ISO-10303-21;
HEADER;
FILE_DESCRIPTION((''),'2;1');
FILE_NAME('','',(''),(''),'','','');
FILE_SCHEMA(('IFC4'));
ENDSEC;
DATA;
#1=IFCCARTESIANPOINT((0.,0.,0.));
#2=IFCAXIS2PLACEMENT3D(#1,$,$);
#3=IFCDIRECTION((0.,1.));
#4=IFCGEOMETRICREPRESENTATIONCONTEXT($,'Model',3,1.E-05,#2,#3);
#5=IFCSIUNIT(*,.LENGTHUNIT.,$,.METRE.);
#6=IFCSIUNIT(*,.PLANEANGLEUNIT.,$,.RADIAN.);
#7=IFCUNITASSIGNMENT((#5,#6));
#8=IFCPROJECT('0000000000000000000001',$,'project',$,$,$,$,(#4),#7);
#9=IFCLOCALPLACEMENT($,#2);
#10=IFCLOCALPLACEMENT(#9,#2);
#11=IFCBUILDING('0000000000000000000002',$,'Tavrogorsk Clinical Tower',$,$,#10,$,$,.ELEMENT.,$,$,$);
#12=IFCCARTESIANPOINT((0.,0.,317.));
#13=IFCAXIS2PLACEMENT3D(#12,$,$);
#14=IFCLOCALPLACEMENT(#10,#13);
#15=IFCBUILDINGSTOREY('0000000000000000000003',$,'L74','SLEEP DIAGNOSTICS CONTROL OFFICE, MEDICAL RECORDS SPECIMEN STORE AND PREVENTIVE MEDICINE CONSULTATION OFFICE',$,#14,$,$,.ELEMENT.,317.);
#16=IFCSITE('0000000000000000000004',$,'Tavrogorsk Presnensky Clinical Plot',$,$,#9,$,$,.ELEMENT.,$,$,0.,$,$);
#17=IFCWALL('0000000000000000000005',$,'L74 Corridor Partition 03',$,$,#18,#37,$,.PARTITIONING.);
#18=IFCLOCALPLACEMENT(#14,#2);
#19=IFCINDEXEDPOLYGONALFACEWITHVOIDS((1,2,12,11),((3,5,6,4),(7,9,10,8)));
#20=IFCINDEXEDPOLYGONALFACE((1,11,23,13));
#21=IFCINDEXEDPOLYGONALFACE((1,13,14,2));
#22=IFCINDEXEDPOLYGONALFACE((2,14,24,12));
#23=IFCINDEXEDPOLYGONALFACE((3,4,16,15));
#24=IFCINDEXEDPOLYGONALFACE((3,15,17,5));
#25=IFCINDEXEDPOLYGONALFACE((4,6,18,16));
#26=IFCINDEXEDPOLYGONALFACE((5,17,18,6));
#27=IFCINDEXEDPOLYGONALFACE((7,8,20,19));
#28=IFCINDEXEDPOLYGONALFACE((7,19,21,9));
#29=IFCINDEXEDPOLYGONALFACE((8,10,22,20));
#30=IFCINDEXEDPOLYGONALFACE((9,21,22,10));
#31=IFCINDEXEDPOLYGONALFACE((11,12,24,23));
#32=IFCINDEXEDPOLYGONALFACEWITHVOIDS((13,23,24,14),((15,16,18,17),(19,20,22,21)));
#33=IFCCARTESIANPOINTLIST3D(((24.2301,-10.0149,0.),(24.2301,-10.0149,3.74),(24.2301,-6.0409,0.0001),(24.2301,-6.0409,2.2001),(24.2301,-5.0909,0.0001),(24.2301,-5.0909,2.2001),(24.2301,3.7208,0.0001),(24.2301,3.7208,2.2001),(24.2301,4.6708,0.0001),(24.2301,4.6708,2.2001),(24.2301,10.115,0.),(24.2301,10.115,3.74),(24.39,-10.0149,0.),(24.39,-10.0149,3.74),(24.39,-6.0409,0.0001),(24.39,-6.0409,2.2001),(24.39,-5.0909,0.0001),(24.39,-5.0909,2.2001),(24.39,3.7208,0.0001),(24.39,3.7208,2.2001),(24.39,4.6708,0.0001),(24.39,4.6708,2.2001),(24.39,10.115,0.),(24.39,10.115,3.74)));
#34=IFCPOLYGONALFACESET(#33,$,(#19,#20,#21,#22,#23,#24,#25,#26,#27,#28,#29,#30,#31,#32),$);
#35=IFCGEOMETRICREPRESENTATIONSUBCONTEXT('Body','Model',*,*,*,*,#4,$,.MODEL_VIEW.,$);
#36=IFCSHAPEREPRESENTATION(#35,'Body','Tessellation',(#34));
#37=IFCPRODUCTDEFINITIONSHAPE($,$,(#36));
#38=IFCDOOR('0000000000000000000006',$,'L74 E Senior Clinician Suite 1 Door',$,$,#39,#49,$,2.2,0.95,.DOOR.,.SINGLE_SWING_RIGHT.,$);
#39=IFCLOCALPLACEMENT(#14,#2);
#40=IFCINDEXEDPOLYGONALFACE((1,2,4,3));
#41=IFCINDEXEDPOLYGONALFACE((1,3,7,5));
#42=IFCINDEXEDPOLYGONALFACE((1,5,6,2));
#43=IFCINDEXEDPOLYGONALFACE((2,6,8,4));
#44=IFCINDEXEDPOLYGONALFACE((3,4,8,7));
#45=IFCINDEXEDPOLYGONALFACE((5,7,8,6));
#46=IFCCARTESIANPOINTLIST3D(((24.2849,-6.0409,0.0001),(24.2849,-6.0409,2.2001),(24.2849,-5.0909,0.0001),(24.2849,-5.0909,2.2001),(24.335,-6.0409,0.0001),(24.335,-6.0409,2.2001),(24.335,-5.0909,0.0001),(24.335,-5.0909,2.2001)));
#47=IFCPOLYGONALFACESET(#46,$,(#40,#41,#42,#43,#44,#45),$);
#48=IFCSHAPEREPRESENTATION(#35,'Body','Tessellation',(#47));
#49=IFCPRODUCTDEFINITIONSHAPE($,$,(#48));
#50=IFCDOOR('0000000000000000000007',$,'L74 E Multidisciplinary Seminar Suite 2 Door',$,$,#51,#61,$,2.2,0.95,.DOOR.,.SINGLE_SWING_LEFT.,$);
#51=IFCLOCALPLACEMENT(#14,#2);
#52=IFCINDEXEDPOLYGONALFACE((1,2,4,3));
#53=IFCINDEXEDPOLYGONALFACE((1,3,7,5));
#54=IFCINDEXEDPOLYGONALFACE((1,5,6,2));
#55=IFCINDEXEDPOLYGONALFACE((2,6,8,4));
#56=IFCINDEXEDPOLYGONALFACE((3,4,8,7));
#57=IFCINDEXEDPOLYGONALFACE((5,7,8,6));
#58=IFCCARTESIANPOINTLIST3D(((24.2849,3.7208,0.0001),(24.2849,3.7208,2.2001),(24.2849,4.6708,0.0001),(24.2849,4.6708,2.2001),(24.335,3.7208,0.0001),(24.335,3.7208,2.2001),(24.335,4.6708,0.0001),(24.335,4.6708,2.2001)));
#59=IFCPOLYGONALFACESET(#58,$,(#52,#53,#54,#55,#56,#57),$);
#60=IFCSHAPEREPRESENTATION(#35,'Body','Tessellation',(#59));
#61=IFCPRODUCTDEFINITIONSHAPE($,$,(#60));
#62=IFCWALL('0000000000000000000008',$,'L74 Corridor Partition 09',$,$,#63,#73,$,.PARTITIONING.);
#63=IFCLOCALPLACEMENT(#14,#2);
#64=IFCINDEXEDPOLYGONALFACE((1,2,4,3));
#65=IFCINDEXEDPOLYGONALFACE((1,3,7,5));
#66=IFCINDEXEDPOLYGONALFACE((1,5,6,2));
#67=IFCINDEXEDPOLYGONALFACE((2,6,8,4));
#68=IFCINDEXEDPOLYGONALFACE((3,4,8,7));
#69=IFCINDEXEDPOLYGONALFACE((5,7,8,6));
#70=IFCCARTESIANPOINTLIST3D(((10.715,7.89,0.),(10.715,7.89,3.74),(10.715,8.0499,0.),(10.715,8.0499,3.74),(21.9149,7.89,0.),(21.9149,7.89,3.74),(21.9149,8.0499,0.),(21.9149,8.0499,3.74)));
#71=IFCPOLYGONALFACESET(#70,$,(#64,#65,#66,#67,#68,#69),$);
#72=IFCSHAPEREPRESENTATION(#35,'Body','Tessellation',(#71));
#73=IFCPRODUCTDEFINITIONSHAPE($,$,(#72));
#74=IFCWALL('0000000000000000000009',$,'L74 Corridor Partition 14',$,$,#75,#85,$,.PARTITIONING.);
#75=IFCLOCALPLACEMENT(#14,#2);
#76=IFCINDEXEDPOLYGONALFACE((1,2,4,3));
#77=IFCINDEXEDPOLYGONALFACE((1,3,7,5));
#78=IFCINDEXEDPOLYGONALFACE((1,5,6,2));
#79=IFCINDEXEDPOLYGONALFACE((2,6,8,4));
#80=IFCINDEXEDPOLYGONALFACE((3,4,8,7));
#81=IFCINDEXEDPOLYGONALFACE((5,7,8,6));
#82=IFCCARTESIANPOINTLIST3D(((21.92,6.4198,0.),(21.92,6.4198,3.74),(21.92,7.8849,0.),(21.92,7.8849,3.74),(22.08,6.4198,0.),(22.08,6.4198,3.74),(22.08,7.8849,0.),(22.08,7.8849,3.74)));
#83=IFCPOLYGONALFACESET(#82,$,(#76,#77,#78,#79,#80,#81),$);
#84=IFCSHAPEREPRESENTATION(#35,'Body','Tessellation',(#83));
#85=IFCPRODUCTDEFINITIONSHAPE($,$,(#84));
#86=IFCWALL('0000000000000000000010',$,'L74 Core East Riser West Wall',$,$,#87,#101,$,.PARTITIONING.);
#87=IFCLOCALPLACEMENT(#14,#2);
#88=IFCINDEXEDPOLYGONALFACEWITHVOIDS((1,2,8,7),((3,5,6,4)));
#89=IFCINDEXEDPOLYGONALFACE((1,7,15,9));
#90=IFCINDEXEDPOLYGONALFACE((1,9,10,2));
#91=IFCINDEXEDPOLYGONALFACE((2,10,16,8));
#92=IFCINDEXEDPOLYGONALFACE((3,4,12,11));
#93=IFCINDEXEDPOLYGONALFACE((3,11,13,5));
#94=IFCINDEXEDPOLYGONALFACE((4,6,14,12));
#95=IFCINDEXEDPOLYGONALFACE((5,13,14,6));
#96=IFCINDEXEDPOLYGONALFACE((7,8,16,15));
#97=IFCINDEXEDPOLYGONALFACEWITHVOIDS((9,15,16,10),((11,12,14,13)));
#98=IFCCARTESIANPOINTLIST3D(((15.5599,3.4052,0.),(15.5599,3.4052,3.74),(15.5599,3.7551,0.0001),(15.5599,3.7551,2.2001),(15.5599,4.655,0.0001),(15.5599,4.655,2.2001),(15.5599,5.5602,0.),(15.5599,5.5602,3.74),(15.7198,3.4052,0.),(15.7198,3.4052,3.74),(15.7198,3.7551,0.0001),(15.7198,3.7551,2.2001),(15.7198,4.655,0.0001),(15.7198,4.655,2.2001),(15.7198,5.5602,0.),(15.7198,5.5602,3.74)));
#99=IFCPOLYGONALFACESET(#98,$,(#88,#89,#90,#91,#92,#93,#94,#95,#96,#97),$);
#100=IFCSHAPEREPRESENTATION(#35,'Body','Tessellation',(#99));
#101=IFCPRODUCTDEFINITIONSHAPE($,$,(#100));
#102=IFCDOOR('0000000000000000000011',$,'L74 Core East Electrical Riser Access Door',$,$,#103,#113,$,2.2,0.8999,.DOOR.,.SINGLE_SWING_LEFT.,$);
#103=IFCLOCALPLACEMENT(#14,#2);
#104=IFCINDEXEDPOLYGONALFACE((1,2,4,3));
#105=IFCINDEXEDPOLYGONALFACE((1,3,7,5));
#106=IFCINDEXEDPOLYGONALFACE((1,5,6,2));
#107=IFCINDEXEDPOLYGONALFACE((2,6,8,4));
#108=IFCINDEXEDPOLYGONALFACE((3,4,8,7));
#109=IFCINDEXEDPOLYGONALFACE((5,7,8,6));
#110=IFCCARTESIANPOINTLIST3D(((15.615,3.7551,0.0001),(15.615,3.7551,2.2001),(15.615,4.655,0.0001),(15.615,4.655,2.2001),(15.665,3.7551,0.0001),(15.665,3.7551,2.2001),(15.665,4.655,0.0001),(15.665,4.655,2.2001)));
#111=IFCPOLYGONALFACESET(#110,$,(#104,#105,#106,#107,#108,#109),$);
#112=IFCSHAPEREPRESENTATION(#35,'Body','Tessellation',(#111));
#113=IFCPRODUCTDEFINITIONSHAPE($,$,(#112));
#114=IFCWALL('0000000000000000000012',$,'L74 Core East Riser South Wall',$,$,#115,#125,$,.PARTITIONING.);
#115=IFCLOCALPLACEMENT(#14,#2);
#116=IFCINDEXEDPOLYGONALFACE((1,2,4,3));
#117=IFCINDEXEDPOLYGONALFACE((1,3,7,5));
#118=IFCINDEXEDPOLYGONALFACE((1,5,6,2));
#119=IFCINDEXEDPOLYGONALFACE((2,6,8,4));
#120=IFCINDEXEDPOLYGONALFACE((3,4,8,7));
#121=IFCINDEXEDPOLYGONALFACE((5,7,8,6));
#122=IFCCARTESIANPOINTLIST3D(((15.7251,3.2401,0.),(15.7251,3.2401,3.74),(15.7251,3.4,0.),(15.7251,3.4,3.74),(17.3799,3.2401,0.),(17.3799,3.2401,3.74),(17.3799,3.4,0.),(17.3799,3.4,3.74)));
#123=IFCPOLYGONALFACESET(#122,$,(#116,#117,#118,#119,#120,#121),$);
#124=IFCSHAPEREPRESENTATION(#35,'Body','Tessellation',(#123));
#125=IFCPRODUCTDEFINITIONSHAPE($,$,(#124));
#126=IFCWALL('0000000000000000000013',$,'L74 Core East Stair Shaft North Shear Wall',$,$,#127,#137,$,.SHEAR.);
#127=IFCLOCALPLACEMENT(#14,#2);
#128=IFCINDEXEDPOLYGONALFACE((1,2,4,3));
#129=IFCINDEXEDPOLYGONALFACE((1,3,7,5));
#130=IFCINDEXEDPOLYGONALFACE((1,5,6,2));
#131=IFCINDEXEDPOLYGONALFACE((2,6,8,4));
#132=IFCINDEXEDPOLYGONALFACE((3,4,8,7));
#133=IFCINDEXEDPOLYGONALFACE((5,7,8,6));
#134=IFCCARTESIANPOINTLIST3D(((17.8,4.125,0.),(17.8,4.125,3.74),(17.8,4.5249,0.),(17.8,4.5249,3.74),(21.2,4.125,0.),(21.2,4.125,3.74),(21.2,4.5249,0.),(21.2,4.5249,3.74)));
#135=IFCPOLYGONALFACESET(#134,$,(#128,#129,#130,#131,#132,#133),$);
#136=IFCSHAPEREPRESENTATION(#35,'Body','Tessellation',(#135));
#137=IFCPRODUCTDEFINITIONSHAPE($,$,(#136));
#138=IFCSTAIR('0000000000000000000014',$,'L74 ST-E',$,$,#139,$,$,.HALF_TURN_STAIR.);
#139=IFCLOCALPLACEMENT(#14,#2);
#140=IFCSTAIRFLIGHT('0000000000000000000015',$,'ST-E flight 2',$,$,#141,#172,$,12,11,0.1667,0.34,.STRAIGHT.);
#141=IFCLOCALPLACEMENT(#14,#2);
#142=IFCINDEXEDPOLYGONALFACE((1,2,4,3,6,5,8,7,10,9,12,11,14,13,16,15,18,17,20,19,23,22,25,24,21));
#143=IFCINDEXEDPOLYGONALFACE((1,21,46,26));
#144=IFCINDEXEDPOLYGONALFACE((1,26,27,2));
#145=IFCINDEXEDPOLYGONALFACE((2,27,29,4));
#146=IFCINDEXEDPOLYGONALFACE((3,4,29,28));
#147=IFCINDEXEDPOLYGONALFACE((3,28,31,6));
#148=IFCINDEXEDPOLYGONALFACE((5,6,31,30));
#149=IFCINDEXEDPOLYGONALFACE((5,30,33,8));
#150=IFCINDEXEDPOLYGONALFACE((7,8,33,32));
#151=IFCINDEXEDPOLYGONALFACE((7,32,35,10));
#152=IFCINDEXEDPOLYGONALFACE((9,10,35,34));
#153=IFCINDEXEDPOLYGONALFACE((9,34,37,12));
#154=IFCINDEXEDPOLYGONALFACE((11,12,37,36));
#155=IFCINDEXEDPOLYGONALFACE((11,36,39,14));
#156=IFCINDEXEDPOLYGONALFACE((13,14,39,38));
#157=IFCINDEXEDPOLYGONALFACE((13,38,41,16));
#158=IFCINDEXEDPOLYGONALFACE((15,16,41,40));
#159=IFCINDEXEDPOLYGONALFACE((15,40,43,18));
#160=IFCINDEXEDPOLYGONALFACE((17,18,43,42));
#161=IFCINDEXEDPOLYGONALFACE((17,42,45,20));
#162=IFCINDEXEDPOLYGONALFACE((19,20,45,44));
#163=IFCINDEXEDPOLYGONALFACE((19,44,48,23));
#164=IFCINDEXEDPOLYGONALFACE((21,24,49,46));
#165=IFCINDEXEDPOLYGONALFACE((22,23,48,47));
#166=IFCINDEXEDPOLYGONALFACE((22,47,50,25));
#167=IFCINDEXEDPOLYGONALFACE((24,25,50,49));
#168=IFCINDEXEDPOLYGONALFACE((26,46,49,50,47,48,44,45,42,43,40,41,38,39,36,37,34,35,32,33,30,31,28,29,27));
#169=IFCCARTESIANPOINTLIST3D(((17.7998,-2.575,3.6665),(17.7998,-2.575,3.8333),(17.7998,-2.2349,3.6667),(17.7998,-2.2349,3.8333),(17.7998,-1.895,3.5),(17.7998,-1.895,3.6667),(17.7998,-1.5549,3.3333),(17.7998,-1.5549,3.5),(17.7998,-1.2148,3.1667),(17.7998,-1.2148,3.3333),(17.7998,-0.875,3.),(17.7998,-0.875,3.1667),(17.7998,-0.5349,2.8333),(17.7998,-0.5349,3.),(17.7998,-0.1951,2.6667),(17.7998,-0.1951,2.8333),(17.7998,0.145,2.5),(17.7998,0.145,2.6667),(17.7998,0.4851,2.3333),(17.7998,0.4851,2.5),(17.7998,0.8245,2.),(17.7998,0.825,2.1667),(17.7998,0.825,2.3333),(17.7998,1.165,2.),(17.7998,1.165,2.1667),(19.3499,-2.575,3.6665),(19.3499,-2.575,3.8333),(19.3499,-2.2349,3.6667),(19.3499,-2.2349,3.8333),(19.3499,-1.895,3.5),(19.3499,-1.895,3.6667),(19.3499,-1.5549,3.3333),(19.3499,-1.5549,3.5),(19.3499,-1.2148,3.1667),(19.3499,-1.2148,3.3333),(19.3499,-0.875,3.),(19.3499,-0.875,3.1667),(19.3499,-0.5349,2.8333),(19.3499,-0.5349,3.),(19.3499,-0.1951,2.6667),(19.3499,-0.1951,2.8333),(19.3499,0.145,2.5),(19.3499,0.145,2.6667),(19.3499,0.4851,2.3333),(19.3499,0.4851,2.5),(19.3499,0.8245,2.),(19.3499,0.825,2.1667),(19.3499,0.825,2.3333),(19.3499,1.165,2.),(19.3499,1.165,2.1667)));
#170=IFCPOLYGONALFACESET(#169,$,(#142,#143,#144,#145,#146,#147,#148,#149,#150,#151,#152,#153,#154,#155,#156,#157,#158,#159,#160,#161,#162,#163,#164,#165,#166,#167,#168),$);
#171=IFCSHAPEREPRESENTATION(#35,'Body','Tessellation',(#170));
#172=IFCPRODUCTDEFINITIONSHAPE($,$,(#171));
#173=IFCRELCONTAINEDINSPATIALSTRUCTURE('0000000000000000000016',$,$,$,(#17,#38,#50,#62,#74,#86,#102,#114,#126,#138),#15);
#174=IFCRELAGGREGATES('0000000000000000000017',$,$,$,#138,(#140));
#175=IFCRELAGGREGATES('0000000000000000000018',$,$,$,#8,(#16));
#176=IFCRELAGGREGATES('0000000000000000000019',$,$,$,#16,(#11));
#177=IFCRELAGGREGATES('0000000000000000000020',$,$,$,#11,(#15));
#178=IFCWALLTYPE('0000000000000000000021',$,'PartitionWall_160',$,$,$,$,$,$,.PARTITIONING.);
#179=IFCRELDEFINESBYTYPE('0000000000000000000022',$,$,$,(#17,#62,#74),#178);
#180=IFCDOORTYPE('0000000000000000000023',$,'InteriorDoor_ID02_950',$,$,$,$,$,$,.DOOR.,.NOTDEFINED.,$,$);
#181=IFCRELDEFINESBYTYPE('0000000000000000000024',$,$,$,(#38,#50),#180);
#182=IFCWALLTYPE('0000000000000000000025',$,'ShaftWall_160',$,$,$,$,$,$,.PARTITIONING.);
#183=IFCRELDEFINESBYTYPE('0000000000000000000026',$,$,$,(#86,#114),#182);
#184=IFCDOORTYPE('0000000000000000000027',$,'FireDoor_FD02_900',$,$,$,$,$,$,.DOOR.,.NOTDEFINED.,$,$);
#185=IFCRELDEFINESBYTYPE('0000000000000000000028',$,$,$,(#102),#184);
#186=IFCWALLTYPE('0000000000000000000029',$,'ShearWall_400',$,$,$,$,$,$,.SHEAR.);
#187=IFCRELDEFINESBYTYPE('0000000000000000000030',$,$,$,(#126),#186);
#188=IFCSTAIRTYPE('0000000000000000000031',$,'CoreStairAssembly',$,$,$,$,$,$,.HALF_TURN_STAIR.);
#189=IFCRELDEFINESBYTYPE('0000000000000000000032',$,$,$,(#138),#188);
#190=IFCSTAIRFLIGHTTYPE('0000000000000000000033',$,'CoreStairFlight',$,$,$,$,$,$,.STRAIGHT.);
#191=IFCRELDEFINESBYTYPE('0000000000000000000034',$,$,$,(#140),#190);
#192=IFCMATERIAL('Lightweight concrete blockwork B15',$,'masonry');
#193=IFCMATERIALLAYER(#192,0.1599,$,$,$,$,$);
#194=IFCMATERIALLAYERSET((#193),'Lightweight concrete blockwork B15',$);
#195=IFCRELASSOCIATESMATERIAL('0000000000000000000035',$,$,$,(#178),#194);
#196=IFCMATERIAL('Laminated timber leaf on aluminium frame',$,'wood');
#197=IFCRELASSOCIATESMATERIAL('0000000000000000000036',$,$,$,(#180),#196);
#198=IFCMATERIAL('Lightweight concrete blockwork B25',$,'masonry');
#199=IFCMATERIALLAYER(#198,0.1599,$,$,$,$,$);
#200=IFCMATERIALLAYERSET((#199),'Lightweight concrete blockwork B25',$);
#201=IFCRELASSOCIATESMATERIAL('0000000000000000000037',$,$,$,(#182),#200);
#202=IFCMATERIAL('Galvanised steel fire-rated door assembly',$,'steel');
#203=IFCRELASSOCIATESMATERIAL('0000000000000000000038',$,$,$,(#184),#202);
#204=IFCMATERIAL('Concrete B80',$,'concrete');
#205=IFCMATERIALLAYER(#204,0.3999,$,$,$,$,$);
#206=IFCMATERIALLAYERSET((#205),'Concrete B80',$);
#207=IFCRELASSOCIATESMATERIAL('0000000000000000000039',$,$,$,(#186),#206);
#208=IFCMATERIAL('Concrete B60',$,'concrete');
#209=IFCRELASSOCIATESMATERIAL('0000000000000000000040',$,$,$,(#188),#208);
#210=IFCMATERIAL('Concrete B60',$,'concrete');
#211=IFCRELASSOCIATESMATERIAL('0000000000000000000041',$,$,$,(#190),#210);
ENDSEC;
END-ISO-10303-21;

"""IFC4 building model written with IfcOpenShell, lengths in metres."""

from ifc_helpers import new_model, si_unit, direction, frame, frame_2d, origin, place, context, subcontext, project, spatial, polyline, rectangle, outline, extrude, material, layer, layer_set, type_object, element, fill, aggregate, save


model = new_model("IFC4")

# Units and contexts
model_context = context("Model", 3, precision=1e-05, world=origin(), true_north=direction((0.0, 1.0)))
body_context = subcontext(model_context, "Body", "Model", "MODEL_VIEW")
ifc_project = project(units=[si_unit("LENGTHUNIT", "METRE"), si_unit("PLANEANGLEUNIT", "RADIAN")], contexts=[model_context])

# Site, building, storey
site_placement = place(None, origin())
site = spatial("IfcSite", under=ifc_project, at=site_placement, Name="Tavrogorsk Presnensky Clinical Plot", CompositionType="ELEMENT", RefElevation=0.0)
building_placement = place(site_placement, origin())
building = spatial("IfcBuilding", under=site, at=building_placement, Name="Tavrogorsk Clinical Tower", CompositionType="ELEMENT")
storey_placement = place(building_placement, frame((0.0, 0.0, 317.0)))
storey = spatial("IfcBuildingStorey", under=building, at=storey_placement, Name="L74", Description="SLEEP DIAGNOSTICS CONTROL OFFICE, MEDICAL RECORDS SPECIMEN STORE AND PREVENTIVE MEDICINE CONSULTATION OFFICE", CompositionType="ELEMENT", Elevation=317.0)

# Wall, openings, doors
ifc_material_1 = material(Name="Lightweight concrete blockwork B15", Category="masonry")
ifc_layer_1 = layer(ifc_material_1, 0.1599)
ifc_layer_set_1 = layer_set([ifc_layer_1], Name="Lightweight concrete blockwork B15")
wall_type_1 = type_object("IfcWallType", Name="PartitionWall_160", PredefinedType="PARTITIONING", material=ifc_layer_set_1)
wall_1_placement = place(storey_placement, frame((24.3101, 10.115, 0.0), z_axis=(0.0, 0.0, 1.0), x_axis=(0.0, -1.0, 0.0)))
wall_1 = element("IfcWall", 1, at=wall_1_placement, inside=storey, type_object=wall_type_1, Name="L74 Corridor Partition 03", PredefinedType="PARTITIONING", context=body_context, shape_type="SweptSolid", body=[
    extrude(rectangle(XDim=20.1299, YDim=0.1599, at=frame_2d((10.0649, 0.0))), origin(), (0.0, 0.0, 1.0), 3.74),
])
opening_1_placement = place(wall_1_placement, frame((15.2058, 0.0, 0.0)))
opening_1 = element("IfcOpeningElement", 2, at=opening_1_placement, cuts=wall_1, PredefinedType="OPENING", context=body_context, shape_type="SweptSolid", body=[
    extrude(rectangle(XDim=0.95, YDim=2.2, at=frame_2d((0.4751, 1.1001))), frame((0.0, 0.0898, 0.0), z_axis=(0.0, -1.0, 0.0), x_axis=(1.0, 0.0, 0.0)), (0.0, 0.0, 1.0), 0.1799),
])
opening_2_placement = place(wall_1_placement, frame((5.4441, 0.0, 0.0)))
opening_2 = element("IfcOpeningElement", 3, at=opening_2_placement, cuts=wall_1, PredefinedType="OPENING", context=body_context, shape_type="SweptSolid", body=[
    extrude(rectangle(XDim=0.95, YDim=2.2, at=frame_2d((0.4751, 1.1001))), frame((0.0, 0.0898, 0.0), z_axis=(0.0, -1.0, 0.0), x_axis=(1.0, 0.0, 0.0)), (0.0, 0.0, 1.0), 0.1799),
])
ifc_material_2 = material(Name="Laminated timber leaf on aluminium frame", Category="wood")
door_type_1 = type_object("IfcDoorType", Name="InteriorDoor_ID02_950", OperationType="NOTDEFINED", PredefinedType="DOOR", material=ifc_material_2)
door_1_placement = place(opening_1_placement, origin())
door_1 = element("IfcDoor", 4, at=door_1_placement, inside=storey, type_object=door_type_1, Name="L74 E Senior Clinician Suite 1 Door", OperationType="SINGLE_SWING_RIGHT", OverallHeight=2.2, OverallWidth=0.95, PredefinedType="DOOR", context=body_context, shape_type="SweptSolid", body=[
    extrude(rectangle(XDim=0.95, YDim=2.2, at=frame_2d((0.4751, 1.1001))), frame((0.0, 0.0249, 0.0), z_axis=(0.0, -1.0, 0.0), x_axis=(1.0, 0.0, 0.0)), (0.0, 0.0, 1.0), 0.05),
])
fill(opening_1, door_1)
door_2_placement = place(opening_2_placement, origin())
door_2 = element("IfcDoor", 5, at=door_2_placement, inside=storey, type_object=door_type_1, Name="L74 E Multidisciplinary Seminar Suite 2 Door", OperationType="SINGLE_SWING_LEFT", OverallHeight=2.2, OverallWidth=0.95, PredefinedType="DOOR", context=body_context, shape_type="SweptSolid", body=[
    extrude(rectangle(XDim=0.95, YDim=2.2, at=frame_2d((0.4751, 1.1001))), frame((0.0, 0.0249, 0.0), z_axis=(0.0, -1.0, 0.0), x_axis=(1.0, 0.0, 0.0)), (0.0, 0.0, 1.0), 0.05),
])
fill(opening_2, door_2)

# Walls
wall_2_placement = place(storey_placement, frame((21.915, 7.97, 0.0), z_axis=(0.0, 0.0, 1.0), x_axis=(-1.0, 0.0, 0.0)))
element("IfcWall", 6, at=wall_2_placement, inside=storey, type_object=wall_type_1, Name="L74 Corridor Partition 09", PredefinedType="PARTITIONING", context=body_context, shape_type="SweptSolid", body=[
    extrude(rectangle(XDim=11.2, YDim=0.1599, at=frame_2d((5.6001, 0.0))), origin(), (0.0, 0.0, 1.0), 3.74),
])
wall_3_placement = place(storey_placement, frame((22.0, 6.4199, 0.0), z_axis=(0.0, 0.0, 1.0), x_axis=(0.0, 1.0, 0.0)))
element("IfcWall", 7, at=wall_3_placement, inside=storey, type_object=wall_type_1, Name="L74 Corridor Partition 14", PredefinedType="PARTITIONING", context=body_context, shape_type="SweptSolid", body=[
    extrude(rectangle(XDim=1.4651, YDim=0.1599, at=frame_2d((0.7324, 0.0))), origin(), (0.0, 0.0, 1.0), 3.74),
])

# Wall, opening, door
ifc_material_3 = material(Name="Lightweight concrete blockwork B25", Category="masonry")
ifc_layer_2 = layer(ifc_material_3, 0.1599)
ifc_layer_set_2 = layer_set([ifc_layer_2], Name="Lightweight concrete blockwork B25")
wall_type_2 = type_object("IfcWallType", Name="ShaftWall_160", PredefinedType="PARTITIONING", material=ifc_layer_set_2)
wall_4_placement = place(storey_placement, frame((15.6399, 3.405, 0.0), z_axis=(0.0, 0.0, 1.0), x_axis=(0.0, 1.0, 0.0)))
wall_4 = element("IfcWall", 8, at=wall_4_placement, inside=storey, type_object=wall_type_2, Name="L74 Core East Riser West Wall", PredefinedType="PARTITIONING", context=body_context, shape_type="SweptSolid", body=[
    extrude(rectangle(XDim=2.155, YDim=0.1599, at=frame_2d((1.0776, 0.0))), origin(), (0.0, 0.0, 1.0), 3.74),
])
opening_3_placement = place(wall_4_placement, frame((0.3501, 0.0, 0.0)))
opening_3 = element("IfcOpeningElement", 9, at=opening_3_placement, cuts=wall_4, PredefinedType="OPENING", context=body_context, shape_type="SweptSolid", body=[
    extrude(rectangle(XDim=0.8999, YDim=2.2, at=frame_2d((0.45, 1.1001))), frame((0.0, 0.0898, 0.0), z_axis=(0.0, -1.0, 0.0), x_axis=(1.0, 0.0, 0.0)), (0.0, 0.0, 1.0), 0.1799),
])
ifc_material_4 = material(Name="Galvanised steel fire-rated door assembly", Category="steel")
door_type_2 = type_object("IfcDoorType", Name="FireDoor_FD02_900", OperationType="NOTDEFINED", PredefinedType="DOOR", material=ifc_material_4)
door_3_placement = place(opening_3_placement, origin())
door_3 = element("IfcDoor", 10, at=door_3_placement, inside=storey, type_object=door_type_2, Name="L74 Core East Electrical Riser Access Door", OperationType="SINGLE_SWING_LEFT", OverallHeight=2.2, OverallWidth=0.8999, PredefinedType="DOOR", context=body_context, shape_type="SweptSolid", body=[
    extrude(rectangle(XDim=0.8999, YDim=2.2, at=frame_2d((0.45, 1.1001))), frame((0.0, 0.0249, 0.0), z_axis=(0.0, -1.0, 0.0), x_axis=(1.0, 0.0, 0.0)), (0.0, 0.0, 1.0), 0.05),
])
fill(opening_3, door_3)

# Walls
wall_5_placement = place(storey_placement, frame((15.7251, 3.3201, 0.0), z_axis=(0.0, 0.0, 1.0), x_axis=(1.0, 0.0, 0.0)))
element("IfcWall", 11, at=wall_5_placement, inside=storey, type_object=wall_type_2, Name="L74 Core East Riser South Wall", PredefinedType="PARTITIONING", context=body_context, shape_type="SweptSolid", body=[
    extrude(rectangle(XDim=1.6548, YDim=0.1599, at=frame_2d((0.8274, 0.0))), origin(), (0.0, 0.0, 1.0), 3.74),
])
ifc_material_5 = material(Name="Concrete B80", Category="concrete")
ifc_layer_3 = layer(ifc_material_5, 0.3999)
ifc_layer_set_3 = layer_set([ifc_layer_3], Name="Concrete B80")
wall_type_3 = type_object("IfcWallType", Name="ShearWall_400", PredefinedType="SHEAR", material=ifc_layer_set_3)
wall_6_placement = place(storey_placement, frame((17.8, 4.325, 0.0), z_axis=(0.0, 0.0, 1.0), x_axis=(1.0, 0.0, 0.0)))
element("IfcWall", 12, at=wall_6_placement, inside=storey, type_object=wall_type_3, Name="L74 Core East Stair Shaft North Shear Wall", PredefinedType="SHEAR", context=body_context, shape_type="SweptSolid", body=[
    extrude(rectangle(XDim=3.3999, YDim=0.3999, at=frame_2d((1.7, 0.0))), origin(), (0.0, 0.0, 1.0), 3.74),
])

# Stair, stair flight
ifc_material_6 = material(Name="Concrete B60", Category="concrete")
stair_type = type_object("IfcStairType", Name="CoreStairAssembly", PredefinedType="HALF_TURN_STAIR", material=ifc_material_6)
stair_placement = place(storey_placement, origin())
stair = element("IfcStair", 13, at=stair_placement, inside=storey, type_object=stair_type, Name="L74 ST-E", PredefinedType="HALF_TURN_STAIR")
ifc_material_7 = material(Name="Concrete B60", Category="concrete")
stair_flight_type = type_object("IfcStairFlightType", Name="CoreStairFlight", PredefinedType="STRAIGHT", material=ifc_material_7)
stair_flight_placement = place(storey_placement, frame((18.575, 1.165, 2.0), z_axis=(0.0, 0.0, 1.0), x_axis=(0.0, -1.0, 0.0)))
stair_flight = element("IfcStairFlight", 14, at=stair_flight_placement, type_object=stair_flight_type, Name="ST-E flight 2", NumberOfRisers=12, NumberOfTreads=11, PredefinedType="STRAIGHT", RiserHeight=0.1667, TreadLength=0.34, context=body_context, shape_type="SweptSolid", body=[
    extrude(outline(polyline([(0.0, 0.0), (0.0, 0.1667), (0.3401, 0.1667), (0.3401, 0.3333), (0.6799, 0.3333), (0.6799, 0.5), (1.02, 0.5), (1.02, 0.6667), (1.3601, 0.6667), (1.3601, 0.8333), (1.7, 0.8333), (1.7, 1.0), (2.04, 1.0), (2.04, 1.1667), (2.3799, 1.1667), (2.3799, 1.3333), (2.72, 1.3333), (2.72, 1.5), (3.0601, 1.5), (3.0601, 1.6667), (3.3999, 1.6667), (3.3999, 1.8333), (3.74, 1.8333), (3.74, 2.0), (3.74, 1.6665), (0.3406, 0.0), (0.0, 0.0)])), frame((0.0, 0.7749, 0.0), z_axis=(0.0, -1.0, 0.0), x_axis=(1.0, 0.0, 0.0)), (0.0, 0.0, 1.0), 1.55),
])
aggregate(stair, [stair_flight])

save(model, "model.ifc")
